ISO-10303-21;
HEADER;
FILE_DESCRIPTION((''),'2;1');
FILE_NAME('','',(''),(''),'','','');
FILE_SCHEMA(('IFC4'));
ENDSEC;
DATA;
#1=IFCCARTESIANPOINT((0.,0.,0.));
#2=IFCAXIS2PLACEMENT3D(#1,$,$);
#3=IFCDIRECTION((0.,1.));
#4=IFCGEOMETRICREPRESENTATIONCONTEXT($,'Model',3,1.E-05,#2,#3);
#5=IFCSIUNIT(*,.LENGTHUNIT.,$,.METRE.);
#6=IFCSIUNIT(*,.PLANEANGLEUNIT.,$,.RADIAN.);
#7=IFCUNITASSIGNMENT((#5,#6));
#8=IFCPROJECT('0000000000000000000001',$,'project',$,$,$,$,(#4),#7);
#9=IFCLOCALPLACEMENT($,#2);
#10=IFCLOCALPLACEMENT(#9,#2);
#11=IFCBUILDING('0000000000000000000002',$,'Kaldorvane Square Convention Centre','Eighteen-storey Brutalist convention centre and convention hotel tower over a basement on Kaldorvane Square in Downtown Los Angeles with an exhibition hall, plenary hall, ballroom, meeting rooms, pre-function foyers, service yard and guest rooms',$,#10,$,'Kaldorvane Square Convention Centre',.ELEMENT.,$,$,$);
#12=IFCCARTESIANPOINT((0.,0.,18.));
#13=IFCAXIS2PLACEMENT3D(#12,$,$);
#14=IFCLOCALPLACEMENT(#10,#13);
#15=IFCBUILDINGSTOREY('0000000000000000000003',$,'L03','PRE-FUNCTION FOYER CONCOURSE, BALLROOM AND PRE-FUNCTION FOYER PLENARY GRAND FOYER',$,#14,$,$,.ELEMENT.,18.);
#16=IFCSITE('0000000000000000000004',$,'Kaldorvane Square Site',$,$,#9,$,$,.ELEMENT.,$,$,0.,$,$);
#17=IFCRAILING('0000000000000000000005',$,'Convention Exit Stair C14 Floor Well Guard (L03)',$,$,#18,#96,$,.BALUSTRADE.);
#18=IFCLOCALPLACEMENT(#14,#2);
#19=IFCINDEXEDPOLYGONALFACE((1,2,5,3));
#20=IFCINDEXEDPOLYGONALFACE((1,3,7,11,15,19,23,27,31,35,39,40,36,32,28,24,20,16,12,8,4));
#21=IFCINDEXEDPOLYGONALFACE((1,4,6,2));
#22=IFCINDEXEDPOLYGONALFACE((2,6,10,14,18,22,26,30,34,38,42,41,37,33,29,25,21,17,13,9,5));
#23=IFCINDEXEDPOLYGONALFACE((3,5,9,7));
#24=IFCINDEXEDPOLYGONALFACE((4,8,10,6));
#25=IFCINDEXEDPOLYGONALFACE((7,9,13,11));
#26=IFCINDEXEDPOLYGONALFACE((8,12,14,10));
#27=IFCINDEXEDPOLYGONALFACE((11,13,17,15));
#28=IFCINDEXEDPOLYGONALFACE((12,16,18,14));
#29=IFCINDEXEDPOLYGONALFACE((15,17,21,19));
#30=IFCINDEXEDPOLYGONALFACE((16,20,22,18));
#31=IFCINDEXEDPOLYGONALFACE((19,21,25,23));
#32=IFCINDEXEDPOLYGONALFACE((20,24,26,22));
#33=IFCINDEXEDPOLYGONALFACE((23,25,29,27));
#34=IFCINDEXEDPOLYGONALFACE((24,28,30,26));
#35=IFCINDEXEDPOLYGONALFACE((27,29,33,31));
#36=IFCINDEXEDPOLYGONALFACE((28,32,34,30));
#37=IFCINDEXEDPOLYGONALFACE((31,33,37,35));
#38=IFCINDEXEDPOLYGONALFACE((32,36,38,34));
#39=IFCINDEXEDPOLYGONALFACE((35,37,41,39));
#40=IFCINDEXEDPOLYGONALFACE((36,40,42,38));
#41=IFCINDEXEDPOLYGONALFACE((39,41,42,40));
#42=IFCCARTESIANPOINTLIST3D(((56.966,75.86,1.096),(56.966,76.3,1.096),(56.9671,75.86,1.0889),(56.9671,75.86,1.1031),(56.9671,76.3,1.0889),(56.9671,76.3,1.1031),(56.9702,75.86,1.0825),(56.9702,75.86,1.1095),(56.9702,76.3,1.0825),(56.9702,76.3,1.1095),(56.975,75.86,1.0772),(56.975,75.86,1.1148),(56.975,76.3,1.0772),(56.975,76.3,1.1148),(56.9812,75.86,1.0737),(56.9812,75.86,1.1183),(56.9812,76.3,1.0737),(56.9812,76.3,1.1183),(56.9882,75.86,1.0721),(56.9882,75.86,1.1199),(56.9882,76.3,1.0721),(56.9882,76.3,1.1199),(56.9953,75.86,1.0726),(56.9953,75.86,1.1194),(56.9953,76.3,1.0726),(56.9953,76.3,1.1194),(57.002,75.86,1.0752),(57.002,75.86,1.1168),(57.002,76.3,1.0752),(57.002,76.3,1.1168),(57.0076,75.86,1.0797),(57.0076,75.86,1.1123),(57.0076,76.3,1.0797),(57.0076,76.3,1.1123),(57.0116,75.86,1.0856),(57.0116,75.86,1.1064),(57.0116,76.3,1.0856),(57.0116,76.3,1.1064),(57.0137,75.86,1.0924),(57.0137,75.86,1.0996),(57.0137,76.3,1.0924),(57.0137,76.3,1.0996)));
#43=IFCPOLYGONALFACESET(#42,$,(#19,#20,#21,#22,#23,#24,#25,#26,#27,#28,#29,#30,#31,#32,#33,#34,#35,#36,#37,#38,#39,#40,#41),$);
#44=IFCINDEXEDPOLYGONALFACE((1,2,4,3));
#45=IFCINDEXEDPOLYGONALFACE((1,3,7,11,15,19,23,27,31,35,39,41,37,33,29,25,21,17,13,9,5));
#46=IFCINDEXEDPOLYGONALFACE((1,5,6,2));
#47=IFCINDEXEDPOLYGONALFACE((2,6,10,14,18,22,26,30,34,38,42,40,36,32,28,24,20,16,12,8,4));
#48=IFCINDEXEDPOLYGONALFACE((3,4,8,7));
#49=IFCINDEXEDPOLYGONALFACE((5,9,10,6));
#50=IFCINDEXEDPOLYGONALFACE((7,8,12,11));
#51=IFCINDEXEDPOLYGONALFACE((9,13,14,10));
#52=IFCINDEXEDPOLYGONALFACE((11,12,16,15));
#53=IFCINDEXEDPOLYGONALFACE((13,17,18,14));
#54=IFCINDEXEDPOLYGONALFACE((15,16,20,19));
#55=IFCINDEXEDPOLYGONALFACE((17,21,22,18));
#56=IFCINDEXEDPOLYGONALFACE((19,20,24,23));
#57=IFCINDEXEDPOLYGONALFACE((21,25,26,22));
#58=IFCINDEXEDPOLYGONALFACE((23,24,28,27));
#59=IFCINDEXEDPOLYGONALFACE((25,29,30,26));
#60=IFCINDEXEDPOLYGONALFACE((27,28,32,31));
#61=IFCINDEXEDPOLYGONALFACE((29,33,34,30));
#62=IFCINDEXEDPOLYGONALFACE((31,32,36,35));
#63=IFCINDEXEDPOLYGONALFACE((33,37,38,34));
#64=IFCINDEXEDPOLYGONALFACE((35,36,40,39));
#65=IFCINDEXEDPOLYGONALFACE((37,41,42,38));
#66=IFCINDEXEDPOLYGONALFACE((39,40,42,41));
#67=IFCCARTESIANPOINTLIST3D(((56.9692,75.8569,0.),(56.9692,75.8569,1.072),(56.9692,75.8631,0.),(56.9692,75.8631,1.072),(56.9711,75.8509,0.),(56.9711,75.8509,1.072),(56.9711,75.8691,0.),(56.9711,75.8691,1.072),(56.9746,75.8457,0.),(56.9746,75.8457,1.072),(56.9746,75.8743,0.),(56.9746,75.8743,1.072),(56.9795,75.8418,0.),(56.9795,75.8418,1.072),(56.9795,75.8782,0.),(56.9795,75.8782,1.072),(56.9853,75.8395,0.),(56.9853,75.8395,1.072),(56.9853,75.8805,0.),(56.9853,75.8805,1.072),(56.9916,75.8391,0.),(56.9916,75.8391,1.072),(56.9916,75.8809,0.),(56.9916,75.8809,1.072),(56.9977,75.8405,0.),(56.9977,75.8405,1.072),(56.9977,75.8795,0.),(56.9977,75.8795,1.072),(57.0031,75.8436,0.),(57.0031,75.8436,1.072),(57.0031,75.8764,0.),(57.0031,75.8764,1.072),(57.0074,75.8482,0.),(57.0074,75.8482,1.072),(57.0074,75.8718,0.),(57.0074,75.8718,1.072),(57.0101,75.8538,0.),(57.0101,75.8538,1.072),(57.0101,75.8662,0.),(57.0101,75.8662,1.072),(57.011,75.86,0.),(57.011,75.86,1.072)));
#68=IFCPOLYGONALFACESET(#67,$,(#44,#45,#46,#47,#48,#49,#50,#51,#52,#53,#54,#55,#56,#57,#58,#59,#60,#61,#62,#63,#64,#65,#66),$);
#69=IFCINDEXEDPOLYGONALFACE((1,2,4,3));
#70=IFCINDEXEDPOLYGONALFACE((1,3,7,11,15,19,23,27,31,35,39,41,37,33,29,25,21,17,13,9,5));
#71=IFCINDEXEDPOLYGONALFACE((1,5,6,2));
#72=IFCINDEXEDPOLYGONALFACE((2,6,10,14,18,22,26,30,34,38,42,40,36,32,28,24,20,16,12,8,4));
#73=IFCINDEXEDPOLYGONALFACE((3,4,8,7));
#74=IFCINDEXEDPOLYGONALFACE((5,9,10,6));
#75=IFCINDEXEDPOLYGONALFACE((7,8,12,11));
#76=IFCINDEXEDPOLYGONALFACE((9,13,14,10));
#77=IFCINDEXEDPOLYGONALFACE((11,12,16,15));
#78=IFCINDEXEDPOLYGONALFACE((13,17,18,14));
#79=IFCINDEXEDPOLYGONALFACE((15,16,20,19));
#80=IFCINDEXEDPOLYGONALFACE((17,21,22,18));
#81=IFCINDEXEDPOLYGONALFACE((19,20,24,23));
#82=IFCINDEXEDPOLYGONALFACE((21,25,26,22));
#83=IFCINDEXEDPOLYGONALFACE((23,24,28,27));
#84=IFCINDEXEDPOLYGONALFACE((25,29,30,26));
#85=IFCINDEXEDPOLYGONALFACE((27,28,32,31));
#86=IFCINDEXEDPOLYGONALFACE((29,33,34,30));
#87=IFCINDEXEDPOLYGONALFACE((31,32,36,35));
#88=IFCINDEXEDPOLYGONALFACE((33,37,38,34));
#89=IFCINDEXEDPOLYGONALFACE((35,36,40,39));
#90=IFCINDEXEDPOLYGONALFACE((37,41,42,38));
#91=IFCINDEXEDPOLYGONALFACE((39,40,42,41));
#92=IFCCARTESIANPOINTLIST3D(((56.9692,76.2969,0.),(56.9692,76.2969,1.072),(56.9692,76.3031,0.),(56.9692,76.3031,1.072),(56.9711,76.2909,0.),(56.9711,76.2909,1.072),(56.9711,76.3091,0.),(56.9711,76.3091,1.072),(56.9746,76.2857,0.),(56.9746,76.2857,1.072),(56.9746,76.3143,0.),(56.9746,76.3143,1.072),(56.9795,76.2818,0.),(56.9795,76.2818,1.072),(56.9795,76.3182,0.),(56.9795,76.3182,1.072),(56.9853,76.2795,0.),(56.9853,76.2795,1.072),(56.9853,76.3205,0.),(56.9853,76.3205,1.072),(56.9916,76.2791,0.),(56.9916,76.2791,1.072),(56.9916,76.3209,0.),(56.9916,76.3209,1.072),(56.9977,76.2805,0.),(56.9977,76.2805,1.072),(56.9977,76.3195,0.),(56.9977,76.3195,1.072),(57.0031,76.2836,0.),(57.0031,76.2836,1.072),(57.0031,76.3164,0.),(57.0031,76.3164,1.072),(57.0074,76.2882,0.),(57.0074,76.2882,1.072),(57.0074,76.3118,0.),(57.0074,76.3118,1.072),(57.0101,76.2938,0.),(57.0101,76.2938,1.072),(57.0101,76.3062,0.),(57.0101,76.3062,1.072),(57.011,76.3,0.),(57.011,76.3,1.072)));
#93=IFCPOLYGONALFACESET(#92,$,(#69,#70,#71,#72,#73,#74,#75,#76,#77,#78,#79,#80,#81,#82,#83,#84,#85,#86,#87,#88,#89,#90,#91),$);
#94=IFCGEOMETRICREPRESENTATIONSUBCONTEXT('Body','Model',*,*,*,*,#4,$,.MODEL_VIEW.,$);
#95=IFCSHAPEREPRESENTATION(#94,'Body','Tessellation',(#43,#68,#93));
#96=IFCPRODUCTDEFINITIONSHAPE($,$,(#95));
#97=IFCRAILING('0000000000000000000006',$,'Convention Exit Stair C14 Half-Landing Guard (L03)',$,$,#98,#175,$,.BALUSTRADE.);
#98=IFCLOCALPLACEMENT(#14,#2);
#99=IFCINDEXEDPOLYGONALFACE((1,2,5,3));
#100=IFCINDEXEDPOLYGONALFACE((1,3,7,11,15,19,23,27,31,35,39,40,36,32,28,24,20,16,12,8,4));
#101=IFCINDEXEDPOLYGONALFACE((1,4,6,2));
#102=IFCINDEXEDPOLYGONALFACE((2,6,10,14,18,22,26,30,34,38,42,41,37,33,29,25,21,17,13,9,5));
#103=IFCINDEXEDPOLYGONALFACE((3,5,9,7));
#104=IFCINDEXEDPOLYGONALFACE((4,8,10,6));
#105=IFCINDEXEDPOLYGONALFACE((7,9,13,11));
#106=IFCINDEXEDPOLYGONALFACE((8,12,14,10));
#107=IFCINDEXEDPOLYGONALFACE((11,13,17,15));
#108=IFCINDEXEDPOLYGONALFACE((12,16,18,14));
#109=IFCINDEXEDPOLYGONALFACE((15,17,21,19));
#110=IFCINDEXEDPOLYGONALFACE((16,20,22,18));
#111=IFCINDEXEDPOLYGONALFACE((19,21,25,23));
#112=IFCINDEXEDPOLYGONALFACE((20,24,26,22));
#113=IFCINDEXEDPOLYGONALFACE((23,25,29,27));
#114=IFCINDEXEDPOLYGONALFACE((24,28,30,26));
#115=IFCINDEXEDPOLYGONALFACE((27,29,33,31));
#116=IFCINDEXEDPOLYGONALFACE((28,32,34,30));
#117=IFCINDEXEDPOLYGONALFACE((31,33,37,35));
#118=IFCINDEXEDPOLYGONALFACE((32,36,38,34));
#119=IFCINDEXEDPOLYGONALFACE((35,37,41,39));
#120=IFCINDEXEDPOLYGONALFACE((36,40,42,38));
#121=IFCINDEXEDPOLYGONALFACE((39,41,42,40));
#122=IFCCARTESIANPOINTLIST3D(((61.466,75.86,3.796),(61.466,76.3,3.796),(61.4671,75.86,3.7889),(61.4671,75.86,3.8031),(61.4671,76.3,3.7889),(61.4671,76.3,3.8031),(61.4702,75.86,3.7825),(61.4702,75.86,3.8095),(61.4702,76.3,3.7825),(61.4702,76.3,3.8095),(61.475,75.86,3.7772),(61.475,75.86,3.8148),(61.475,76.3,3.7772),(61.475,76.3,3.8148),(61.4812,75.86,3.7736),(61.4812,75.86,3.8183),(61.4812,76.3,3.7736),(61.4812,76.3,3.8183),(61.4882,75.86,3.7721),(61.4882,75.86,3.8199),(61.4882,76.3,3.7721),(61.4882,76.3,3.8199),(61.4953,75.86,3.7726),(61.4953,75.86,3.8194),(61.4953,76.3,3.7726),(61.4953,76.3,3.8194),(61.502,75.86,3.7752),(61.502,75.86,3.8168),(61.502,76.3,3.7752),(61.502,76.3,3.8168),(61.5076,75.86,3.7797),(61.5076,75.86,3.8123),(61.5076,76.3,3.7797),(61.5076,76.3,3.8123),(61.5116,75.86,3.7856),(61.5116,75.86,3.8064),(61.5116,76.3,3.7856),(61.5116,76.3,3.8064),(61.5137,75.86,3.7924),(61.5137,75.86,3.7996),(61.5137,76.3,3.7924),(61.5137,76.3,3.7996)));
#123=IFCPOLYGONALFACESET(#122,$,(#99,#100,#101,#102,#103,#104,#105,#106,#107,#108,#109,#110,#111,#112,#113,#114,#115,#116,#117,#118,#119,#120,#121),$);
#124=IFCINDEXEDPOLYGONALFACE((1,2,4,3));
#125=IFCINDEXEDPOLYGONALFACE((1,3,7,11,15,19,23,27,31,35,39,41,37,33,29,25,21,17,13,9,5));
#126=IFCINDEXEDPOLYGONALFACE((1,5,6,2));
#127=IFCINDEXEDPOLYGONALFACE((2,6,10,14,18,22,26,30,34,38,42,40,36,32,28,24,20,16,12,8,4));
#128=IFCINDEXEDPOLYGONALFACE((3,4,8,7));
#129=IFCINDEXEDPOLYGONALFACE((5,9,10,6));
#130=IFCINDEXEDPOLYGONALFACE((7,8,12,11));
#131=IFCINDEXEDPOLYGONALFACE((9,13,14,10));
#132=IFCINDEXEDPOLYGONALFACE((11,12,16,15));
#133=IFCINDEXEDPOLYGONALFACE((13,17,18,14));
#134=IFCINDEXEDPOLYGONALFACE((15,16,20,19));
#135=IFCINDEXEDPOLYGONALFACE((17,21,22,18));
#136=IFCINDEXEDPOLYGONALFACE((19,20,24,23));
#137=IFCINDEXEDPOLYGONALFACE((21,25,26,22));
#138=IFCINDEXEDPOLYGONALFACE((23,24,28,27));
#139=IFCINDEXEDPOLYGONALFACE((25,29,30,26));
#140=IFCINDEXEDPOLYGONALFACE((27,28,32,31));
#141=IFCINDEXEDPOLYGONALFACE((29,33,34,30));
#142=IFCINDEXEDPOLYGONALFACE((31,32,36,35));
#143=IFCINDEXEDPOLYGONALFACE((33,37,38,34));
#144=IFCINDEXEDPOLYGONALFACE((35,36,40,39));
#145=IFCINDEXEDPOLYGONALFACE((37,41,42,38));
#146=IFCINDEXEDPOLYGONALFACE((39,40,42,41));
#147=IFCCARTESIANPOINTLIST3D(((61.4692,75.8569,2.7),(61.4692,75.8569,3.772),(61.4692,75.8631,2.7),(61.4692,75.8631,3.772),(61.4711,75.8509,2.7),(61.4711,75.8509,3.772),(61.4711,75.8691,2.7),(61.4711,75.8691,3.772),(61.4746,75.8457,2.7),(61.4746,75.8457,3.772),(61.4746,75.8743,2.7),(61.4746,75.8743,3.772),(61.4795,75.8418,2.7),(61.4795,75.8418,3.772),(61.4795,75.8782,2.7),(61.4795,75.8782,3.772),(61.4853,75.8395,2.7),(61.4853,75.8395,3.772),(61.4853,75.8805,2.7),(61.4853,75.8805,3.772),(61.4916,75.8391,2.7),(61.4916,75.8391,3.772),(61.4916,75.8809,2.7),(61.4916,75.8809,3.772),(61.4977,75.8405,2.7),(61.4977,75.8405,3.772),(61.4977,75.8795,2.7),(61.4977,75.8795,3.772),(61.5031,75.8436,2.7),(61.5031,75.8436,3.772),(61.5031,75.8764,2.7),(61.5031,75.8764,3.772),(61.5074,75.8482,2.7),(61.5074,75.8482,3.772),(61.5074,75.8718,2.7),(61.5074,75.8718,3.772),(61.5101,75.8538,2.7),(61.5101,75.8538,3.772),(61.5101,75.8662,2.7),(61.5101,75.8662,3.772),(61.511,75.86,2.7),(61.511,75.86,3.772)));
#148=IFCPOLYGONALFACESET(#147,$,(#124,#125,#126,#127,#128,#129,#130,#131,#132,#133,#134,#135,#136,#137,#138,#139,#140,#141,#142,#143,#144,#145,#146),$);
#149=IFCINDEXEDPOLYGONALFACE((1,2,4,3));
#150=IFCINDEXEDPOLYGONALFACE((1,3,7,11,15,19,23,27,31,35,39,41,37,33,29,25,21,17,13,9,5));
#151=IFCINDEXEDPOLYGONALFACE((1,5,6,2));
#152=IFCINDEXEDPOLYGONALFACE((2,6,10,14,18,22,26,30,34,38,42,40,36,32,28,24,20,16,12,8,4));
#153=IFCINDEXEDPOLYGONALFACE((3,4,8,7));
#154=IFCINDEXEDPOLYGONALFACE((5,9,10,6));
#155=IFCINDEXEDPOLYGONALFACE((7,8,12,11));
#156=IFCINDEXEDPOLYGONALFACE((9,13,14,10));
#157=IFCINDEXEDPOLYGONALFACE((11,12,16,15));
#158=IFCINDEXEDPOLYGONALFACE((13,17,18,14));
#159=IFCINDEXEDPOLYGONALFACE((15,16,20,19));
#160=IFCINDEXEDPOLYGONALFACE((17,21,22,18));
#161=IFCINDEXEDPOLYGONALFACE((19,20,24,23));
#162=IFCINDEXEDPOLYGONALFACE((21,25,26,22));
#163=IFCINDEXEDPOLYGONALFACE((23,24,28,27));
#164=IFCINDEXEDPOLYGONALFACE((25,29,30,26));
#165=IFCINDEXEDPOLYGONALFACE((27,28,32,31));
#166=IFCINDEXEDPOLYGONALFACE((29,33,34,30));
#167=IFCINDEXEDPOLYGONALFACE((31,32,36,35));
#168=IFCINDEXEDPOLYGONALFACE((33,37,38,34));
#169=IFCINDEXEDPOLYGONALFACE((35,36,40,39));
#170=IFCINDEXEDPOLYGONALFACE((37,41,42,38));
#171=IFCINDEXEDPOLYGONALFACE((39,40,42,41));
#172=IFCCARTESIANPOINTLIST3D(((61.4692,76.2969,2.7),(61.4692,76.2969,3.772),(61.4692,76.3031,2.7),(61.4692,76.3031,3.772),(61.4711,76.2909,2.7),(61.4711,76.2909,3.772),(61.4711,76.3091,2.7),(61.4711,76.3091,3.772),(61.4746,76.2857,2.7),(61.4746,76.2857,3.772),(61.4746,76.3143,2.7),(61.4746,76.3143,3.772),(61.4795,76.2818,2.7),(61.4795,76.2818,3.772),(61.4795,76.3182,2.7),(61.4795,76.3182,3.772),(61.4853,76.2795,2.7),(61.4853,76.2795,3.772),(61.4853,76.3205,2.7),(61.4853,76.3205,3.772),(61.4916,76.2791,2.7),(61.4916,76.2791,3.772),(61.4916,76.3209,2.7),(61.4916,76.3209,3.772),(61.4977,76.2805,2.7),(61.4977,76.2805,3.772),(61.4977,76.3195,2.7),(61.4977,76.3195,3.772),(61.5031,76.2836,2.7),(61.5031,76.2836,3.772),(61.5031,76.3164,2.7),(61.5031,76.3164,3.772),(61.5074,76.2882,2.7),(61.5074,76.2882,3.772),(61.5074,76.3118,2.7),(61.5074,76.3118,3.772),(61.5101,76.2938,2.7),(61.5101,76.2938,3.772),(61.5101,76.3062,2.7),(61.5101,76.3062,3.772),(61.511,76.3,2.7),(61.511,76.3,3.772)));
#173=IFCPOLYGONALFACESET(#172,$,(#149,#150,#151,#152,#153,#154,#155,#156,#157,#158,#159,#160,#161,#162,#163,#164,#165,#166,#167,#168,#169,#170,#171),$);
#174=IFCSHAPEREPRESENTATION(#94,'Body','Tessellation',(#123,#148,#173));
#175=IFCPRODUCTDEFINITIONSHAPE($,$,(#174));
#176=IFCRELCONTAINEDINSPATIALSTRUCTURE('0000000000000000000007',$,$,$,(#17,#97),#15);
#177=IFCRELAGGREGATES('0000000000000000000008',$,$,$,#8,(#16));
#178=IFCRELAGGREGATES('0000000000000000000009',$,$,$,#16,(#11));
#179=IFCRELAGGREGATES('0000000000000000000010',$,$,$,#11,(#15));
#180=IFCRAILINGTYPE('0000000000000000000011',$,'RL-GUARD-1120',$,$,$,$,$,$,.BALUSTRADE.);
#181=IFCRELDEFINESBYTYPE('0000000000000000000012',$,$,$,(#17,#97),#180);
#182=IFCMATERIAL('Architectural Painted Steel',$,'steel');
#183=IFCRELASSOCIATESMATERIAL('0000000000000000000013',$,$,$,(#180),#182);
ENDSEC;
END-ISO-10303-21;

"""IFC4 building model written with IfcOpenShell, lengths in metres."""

from ifc_helpers import new_model, si_unit, direction, frame, origin, origin_2d, place, context, subcontext, project, spatial, circle, extrude, material, type_object, element, save


model = new_model("IFC4")

# Units and contexts
model_context = context("Model", 3, precision=1e-05, world=origin(), true_north=direction((0.0, 1.0)))
body_context = subcontext(model_context, "Body", "Model", "MODEL_VIEW")
ifc_project = project(units=[si_unit("LENGTHUNIT", "METRE"), si_unit("PLANEANGLEUNIT", "RADIAN")], contexts=[model_context])

# Site, building, storey
site_placement = place(None, origin())
site = spatial("IfcSite", under=ifc_project, at=site_placement, Name="Kaldorvane Square Site", CompositionType="ELEMENT", RefElevation=0.0)
building_placement = place(site_placement, origin())
building = spatial("IfcBuilding", under=site, at=building_placement, Name="Kaldorvane Square Convention Centre", Description="Eighteen-storey Brutalist convention centre and convention hotel tower over a basement on Kaldorvane Square in Downtown Los Angeles with an exhibition hall, plenary hall, ballroom, meeting rooms, pre-function foyers, service yard and guest rooms", LongName="Kaldorvane Square Convention Centre", CompositionType="ELEMENT")
storey_placement = place(building_placement, frame((0.0, 0.0, 18.0)))
storey = spatial("IfcBuildingStorey", under=building, at=storey_placement, Name="L03", Description="PRE-FUNCTION FOYER CONCOURSE, BALLROOM AND PRE-FUNCTION FOYER PLENARY GRAND FOYER", CompositionType="ELEMENT", Elevation=18.0)

# Railings
ifc_material_1 = material(Name="Architectural Painted Steel", Category="steel")
railing_type_1 = type_object("IfcRailingType", Name="RL-GUARD-1120", PredefinedType="BALUSTRADE", material=ifc_material_1)
for number, where, name in (
    (1, (56.99, 75.86, 0.0), "Convention Exit Stair C14 Floor Well Guard (L03)"),
    (2, (61.49, 75.86, 2.7), "Convention Exit Stair C14 Half-Landing Guard (L03)"),
):
    element("IfcRailing", number, at=place(storey_placement, frame(where)), inside=storey, type_object=railing_type_1, Name=name, PredefinedType="BALUSTRADE", context=body_context, shape_type="SweptSolid", body=[
        extrude(circle(Radius=0.024, at=origin_2d()), frame((0.0, 0.0, 1.096), z_axis=(0.0, 1.0, 0.0), x_axis=(-1.0, 0.0, 0.0)), (0.0, 0.0, 1.0), 0.44),
        extrude(circle(Radius=0.021, at=origin_2d()), origin(), (0.0, 0.0, 1.0), 1.072),
        extrude(circle(Radius=0.021, at=origin_2d()), frame((0.0, 0.44, 0.0)), (0.0, 0.0, 1.0), 1.072),
    ])

save(model, "model.ifc")
